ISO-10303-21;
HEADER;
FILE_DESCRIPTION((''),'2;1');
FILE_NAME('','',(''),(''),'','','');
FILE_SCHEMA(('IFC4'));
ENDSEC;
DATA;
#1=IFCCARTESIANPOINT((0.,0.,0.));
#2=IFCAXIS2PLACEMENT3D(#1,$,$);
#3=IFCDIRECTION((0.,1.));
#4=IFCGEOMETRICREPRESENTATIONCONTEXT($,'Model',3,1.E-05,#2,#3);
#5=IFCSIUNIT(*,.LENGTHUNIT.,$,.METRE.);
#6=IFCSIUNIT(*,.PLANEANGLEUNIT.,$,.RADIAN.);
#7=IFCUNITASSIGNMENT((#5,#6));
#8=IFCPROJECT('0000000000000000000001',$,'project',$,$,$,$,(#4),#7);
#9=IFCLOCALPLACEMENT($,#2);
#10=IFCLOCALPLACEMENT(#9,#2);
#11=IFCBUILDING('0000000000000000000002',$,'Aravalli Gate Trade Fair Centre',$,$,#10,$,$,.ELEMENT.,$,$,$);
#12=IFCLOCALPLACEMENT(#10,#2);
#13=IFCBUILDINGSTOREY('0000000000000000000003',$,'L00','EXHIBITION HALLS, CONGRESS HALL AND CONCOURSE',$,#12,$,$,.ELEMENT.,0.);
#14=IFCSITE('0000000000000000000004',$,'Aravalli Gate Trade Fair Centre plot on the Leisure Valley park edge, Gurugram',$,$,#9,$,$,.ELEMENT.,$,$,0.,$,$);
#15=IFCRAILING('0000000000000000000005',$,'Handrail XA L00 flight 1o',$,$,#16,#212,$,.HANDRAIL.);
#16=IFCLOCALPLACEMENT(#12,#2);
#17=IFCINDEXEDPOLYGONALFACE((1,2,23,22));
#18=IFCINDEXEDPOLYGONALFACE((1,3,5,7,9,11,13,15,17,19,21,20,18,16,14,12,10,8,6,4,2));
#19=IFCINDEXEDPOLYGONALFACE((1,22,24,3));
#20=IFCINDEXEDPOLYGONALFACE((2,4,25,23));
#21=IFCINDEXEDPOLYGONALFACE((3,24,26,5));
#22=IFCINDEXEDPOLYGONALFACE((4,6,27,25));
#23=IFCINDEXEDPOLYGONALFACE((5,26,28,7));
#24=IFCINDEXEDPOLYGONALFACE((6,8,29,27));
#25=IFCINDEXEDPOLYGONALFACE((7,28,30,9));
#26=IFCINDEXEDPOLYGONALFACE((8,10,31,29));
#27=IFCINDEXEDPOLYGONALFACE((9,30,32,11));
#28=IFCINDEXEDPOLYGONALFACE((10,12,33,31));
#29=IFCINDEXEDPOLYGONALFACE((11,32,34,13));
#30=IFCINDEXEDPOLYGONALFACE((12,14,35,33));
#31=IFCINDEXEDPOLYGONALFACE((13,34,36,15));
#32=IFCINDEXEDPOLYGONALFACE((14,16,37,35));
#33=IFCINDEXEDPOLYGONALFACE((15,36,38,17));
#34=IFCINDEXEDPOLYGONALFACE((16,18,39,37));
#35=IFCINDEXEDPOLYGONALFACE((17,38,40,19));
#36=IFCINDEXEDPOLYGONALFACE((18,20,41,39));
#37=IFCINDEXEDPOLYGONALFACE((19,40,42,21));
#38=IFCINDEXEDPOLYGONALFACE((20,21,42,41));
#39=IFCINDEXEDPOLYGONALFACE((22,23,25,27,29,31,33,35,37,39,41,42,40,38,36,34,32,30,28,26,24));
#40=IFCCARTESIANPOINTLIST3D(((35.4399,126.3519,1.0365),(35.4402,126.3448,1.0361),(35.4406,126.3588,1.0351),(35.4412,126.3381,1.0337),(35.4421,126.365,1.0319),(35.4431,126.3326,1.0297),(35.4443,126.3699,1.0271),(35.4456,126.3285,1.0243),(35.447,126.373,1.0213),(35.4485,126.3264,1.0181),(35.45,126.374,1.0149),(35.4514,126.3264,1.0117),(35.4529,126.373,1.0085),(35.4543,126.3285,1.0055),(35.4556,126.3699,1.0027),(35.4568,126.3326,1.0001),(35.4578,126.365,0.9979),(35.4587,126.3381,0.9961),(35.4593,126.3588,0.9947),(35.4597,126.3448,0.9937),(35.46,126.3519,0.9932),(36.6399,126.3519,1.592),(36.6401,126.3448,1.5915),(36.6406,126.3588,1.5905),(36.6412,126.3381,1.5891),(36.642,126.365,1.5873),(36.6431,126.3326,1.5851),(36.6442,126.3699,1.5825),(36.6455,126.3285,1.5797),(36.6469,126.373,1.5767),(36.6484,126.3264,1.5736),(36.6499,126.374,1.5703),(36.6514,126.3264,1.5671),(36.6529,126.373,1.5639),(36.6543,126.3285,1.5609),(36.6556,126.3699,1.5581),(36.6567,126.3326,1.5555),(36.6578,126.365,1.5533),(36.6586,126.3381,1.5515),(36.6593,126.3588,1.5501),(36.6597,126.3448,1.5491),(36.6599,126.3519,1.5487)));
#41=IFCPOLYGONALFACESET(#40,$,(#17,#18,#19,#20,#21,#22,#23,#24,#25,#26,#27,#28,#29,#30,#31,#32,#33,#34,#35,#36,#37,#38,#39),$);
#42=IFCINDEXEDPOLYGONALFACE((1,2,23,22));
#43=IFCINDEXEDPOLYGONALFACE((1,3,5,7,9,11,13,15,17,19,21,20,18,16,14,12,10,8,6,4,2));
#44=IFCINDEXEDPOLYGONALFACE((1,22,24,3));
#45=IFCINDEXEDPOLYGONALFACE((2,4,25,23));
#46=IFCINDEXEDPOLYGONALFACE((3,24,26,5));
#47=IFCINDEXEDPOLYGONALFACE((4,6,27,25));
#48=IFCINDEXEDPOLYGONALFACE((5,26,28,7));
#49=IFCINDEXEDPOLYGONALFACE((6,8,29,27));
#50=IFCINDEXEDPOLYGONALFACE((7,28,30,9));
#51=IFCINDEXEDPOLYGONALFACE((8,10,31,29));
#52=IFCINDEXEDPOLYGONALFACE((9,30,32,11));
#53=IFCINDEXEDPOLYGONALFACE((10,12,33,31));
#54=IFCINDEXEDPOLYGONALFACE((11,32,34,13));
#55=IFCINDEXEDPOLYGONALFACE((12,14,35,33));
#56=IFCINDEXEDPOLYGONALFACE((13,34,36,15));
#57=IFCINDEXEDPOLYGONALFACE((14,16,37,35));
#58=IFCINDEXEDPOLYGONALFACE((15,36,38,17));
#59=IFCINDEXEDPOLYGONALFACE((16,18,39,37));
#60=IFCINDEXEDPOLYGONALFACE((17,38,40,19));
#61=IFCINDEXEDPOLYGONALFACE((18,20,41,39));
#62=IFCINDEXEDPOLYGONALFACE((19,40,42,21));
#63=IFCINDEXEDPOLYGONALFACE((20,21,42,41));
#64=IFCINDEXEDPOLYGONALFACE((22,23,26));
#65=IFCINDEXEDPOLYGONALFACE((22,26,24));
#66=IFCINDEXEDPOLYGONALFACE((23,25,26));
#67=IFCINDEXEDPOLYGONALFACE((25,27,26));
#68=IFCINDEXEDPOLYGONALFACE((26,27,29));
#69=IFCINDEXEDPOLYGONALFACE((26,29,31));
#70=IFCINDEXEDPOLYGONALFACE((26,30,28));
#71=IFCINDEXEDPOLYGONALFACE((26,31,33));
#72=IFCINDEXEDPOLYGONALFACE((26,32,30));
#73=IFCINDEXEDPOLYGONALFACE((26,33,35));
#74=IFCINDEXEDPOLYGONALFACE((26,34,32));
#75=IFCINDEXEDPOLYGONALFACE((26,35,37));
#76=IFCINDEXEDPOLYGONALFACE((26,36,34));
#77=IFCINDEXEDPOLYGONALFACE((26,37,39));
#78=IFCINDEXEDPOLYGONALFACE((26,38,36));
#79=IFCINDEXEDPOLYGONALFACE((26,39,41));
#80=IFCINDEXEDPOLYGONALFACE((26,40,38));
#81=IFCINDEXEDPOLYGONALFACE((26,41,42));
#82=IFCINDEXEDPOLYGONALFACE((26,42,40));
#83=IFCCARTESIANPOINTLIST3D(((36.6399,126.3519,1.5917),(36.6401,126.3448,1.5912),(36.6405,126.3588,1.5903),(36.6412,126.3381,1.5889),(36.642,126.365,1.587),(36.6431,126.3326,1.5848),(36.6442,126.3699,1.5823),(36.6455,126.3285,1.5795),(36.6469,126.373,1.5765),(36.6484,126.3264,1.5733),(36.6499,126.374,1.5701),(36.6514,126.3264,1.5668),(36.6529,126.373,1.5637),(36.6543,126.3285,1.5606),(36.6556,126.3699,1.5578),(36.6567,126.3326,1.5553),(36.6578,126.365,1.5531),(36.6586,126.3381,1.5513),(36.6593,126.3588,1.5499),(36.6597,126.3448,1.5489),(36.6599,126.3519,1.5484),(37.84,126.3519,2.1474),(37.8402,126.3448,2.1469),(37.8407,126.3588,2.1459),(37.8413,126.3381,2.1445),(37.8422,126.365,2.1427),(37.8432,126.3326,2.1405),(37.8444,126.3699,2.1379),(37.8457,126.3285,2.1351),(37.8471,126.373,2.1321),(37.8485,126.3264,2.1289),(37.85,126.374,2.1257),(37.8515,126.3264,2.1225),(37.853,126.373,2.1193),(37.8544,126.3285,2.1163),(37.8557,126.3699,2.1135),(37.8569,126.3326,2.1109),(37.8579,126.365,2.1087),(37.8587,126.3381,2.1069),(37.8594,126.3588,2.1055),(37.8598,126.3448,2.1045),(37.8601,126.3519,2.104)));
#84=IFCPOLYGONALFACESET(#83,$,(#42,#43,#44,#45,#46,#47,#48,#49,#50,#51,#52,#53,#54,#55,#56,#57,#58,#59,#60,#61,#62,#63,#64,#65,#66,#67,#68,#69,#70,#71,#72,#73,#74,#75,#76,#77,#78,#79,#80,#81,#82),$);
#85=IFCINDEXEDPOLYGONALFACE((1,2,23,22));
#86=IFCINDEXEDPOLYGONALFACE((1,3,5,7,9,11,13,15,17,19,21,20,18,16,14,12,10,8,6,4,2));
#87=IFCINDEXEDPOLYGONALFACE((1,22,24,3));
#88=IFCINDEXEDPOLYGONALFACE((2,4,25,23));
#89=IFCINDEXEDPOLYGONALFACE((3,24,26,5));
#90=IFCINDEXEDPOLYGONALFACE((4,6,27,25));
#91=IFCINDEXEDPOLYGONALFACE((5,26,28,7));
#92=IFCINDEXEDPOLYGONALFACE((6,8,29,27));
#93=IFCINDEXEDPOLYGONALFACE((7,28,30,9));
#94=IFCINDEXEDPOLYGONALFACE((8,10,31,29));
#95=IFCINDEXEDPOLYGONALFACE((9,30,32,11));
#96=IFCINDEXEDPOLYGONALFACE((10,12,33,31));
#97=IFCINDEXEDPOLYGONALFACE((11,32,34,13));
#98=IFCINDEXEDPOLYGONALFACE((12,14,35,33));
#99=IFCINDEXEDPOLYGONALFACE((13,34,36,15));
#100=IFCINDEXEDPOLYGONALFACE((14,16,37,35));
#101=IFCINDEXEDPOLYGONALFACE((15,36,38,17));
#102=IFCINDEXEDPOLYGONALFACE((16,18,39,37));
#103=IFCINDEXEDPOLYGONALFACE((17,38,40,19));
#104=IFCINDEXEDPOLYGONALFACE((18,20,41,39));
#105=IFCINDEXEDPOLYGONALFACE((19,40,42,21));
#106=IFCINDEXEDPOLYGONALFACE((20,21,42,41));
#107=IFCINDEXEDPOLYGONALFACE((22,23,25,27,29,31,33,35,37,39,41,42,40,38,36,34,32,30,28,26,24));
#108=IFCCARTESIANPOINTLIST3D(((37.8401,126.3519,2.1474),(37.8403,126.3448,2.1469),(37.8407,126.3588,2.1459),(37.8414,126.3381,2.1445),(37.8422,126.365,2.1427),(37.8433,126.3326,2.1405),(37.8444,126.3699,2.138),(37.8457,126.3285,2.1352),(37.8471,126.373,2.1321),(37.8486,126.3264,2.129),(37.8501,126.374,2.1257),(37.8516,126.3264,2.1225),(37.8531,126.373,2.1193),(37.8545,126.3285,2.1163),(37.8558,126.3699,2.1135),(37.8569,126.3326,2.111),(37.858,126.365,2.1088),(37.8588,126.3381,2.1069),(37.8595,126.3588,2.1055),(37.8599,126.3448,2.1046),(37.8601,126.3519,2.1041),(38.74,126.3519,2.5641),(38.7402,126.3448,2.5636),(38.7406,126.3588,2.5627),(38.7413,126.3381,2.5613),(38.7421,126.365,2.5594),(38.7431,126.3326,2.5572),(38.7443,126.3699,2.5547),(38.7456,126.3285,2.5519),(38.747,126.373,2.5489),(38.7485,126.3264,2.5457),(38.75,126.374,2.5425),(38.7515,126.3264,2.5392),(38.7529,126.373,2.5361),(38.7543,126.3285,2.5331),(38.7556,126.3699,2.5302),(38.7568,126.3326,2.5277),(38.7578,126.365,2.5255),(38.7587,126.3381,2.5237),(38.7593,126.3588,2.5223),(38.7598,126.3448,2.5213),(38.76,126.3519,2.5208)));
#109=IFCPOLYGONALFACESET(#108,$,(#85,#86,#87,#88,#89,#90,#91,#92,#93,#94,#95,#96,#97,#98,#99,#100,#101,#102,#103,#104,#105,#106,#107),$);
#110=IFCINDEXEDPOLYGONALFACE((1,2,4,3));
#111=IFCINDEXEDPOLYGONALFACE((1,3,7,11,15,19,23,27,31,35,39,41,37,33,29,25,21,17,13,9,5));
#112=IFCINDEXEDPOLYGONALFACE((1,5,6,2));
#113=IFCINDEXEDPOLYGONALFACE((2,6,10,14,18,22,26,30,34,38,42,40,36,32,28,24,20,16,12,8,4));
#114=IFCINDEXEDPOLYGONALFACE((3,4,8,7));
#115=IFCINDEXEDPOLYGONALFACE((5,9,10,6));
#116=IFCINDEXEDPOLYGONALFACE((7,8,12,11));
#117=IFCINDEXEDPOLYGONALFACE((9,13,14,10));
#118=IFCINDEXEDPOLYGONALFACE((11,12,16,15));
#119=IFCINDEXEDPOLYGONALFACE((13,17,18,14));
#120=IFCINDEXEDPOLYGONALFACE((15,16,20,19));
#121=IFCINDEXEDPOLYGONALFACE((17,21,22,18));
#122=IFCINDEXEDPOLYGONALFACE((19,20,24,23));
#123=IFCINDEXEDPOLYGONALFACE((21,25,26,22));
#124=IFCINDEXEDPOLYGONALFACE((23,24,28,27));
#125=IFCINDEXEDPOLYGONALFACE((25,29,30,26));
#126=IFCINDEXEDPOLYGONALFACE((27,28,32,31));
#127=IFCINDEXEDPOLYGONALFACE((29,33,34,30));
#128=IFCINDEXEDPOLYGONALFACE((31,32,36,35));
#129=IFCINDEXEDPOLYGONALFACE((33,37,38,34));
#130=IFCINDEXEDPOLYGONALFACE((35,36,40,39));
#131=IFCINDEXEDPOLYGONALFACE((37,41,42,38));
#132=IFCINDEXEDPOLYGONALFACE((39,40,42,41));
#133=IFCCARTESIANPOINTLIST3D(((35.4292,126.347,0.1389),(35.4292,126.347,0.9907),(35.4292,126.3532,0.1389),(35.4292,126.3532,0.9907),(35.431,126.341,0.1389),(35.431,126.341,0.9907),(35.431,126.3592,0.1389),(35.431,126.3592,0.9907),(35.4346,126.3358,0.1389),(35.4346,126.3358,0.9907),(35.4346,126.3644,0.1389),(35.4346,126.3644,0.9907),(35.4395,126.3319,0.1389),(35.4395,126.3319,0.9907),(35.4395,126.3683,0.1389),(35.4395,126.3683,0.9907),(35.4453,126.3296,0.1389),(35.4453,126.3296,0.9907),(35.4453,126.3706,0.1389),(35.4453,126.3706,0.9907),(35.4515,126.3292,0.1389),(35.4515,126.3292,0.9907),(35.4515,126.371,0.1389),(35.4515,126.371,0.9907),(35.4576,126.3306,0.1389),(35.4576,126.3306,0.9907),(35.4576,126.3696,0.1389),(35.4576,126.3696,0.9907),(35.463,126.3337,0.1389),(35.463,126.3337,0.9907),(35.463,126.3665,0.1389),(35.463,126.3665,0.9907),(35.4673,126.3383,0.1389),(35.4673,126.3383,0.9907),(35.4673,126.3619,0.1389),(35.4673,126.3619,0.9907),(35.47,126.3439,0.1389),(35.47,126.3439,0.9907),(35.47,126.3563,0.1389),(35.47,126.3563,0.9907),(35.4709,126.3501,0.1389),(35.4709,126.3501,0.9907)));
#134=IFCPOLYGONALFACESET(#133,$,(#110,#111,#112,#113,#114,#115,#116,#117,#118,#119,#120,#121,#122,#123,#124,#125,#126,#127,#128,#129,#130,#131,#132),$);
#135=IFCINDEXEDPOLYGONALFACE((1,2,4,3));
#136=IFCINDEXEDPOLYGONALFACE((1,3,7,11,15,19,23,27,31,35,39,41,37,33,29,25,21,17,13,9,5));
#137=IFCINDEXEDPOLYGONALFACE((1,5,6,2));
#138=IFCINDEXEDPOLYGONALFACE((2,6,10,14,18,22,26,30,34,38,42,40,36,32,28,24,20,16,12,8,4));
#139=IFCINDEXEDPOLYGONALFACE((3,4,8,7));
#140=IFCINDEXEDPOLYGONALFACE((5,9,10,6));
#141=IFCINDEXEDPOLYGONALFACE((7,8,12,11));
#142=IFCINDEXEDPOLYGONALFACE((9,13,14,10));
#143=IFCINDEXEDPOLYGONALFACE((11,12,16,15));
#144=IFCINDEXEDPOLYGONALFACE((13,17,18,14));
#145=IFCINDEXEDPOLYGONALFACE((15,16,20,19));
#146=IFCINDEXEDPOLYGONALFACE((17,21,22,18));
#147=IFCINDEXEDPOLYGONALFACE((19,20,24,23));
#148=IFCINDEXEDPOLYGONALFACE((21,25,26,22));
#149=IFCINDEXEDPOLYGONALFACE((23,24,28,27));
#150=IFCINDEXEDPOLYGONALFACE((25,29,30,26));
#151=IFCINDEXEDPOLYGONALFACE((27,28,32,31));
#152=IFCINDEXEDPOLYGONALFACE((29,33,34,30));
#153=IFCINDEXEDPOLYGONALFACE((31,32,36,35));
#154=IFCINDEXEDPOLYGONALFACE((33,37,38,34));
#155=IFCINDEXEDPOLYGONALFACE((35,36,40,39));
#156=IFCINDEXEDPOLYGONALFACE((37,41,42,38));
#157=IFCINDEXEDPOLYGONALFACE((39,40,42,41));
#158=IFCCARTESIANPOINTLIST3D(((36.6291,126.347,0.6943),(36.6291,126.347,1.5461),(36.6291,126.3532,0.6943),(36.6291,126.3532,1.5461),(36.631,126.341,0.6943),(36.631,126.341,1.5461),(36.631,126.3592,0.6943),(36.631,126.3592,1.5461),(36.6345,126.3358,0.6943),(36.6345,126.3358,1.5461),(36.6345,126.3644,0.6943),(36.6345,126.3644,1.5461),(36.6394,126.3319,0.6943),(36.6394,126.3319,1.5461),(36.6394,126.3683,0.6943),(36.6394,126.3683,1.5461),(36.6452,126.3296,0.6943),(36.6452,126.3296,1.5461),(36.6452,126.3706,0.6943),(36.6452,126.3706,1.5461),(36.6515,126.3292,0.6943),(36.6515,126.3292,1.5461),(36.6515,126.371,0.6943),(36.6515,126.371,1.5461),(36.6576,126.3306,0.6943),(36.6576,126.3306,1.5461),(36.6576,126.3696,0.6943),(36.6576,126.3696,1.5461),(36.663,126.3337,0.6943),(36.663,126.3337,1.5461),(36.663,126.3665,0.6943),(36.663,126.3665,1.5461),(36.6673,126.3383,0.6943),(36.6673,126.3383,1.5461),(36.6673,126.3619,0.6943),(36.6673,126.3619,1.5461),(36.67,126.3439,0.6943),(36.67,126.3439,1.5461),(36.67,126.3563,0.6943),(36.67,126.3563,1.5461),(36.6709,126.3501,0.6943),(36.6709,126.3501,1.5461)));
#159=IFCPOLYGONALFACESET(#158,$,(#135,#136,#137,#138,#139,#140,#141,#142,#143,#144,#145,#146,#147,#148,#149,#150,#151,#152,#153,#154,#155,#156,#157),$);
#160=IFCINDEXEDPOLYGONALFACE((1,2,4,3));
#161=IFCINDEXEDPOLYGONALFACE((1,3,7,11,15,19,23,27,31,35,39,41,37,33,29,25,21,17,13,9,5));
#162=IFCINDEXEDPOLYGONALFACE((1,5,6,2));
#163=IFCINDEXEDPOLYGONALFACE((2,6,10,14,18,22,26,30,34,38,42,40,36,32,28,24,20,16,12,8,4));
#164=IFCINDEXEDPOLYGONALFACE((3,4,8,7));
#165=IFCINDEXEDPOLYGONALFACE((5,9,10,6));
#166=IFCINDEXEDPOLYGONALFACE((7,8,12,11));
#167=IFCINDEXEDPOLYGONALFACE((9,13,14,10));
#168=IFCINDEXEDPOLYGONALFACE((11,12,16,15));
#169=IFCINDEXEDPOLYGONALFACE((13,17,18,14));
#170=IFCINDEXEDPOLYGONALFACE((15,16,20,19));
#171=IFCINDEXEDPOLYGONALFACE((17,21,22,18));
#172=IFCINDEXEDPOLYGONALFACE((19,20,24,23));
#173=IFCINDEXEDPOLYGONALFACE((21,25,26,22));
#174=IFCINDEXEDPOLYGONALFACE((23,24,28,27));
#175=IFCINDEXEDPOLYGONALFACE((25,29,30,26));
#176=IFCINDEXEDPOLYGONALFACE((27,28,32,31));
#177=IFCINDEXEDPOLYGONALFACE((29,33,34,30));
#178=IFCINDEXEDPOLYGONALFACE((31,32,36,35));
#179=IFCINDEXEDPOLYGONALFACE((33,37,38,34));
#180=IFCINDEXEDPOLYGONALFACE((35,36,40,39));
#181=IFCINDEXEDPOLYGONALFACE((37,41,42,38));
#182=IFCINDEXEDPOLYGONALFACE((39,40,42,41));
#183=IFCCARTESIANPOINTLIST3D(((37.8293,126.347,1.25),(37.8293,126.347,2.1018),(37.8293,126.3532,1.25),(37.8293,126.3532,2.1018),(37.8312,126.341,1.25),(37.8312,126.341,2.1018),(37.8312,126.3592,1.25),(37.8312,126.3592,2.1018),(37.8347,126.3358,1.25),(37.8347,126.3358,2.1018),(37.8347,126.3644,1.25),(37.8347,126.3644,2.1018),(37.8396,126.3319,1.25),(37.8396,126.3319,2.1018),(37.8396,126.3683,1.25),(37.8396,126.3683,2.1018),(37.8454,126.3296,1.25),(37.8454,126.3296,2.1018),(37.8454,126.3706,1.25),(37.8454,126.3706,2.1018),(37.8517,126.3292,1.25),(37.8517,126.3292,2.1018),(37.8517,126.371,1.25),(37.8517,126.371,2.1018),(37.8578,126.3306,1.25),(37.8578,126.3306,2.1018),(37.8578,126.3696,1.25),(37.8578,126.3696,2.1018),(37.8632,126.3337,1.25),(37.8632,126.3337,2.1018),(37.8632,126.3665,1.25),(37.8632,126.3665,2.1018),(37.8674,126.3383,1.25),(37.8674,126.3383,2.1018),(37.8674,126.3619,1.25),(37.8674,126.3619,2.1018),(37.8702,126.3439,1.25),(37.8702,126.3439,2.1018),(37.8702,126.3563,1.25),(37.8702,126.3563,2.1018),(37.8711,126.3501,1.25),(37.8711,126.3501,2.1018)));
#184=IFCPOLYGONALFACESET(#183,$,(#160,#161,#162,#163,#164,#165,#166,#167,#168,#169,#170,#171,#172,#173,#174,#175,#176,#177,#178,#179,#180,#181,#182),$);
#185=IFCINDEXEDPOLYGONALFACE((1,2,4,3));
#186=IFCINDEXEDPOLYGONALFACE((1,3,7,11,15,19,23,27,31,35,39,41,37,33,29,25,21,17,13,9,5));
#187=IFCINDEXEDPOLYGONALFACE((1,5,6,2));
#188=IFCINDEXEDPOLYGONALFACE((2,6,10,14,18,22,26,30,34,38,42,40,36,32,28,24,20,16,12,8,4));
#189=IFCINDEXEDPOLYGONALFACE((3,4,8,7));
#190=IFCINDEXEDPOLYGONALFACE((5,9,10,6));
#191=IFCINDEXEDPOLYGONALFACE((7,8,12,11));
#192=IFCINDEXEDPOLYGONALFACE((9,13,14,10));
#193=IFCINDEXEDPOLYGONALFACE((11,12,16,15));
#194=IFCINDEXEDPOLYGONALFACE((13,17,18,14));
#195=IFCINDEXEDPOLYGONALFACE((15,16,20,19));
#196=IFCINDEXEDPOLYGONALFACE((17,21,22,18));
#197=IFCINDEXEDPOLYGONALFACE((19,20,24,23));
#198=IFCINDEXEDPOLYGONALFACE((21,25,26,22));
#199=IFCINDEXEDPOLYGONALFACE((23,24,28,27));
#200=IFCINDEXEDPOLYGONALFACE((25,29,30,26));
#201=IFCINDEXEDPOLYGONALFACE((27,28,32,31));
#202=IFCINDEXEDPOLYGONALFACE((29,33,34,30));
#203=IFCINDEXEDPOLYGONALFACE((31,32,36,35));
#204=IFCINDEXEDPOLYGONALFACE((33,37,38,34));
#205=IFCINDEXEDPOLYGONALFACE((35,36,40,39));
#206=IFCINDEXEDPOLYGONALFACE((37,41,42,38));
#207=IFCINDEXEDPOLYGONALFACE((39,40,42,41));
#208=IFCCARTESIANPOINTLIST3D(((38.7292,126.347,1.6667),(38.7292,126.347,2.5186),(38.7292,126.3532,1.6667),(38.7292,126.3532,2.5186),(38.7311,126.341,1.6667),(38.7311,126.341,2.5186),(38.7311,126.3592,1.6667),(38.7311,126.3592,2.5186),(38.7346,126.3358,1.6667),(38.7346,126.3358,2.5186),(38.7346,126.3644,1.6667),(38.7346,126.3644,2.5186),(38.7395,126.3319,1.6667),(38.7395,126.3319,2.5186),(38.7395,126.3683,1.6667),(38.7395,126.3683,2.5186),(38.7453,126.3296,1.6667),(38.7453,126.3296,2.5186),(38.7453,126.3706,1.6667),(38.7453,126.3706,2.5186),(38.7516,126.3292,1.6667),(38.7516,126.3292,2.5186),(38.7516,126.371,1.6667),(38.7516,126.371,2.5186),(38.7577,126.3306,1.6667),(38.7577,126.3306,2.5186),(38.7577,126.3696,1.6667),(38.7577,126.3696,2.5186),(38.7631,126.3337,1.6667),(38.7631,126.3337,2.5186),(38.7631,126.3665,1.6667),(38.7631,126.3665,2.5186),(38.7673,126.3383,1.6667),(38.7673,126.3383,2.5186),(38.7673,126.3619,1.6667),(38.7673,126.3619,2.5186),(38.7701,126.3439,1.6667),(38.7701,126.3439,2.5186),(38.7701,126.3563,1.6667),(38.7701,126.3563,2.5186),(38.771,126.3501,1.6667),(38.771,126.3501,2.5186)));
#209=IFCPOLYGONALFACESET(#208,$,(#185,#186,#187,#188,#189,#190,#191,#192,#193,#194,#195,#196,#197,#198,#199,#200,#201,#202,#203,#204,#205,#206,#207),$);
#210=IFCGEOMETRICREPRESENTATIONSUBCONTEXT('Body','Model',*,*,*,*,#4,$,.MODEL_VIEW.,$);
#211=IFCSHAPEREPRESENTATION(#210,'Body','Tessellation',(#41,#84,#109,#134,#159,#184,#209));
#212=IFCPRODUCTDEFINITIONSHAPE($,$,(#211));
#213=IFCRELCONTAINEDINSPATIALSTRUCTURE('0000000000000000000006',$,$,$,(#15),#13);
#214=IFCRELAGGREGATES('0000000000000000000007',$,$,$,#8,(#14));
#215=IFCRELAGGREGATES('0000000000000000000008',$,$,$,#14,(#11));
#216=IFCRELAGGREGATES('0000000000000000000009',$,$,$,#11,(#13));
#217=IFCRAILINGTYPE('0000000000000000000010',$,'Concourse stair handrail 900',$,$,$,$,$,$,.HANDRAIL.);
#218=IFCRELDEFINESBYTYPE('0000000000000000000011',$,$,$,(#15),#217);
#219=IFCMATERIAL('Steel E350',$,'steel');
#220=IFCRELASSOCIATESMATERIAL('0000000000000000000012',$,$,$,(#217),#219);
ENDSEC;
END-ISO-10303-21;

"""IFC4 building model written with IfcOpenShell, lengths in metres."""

from ifc_helpers import new_model, si_unit, direction, frame, origin, origin_2d, place, context, subcontext, project, spatial, circle, extrude, material, type_object, element, save


model = new_model("IFC4")

# Units and contexts
model_context = context("Model", 3, precision=1e-05, world=origin(), true_north=direction((0.0, 1.0)))
body_context = subcontext(model_context, "Body", "Model", "MODEL_VIEW")
ifc_project = project(units=[si_unit("LENGTHUNIT", "METRE"), si_unit("PLANEANGLEUNIT", "RADIAN")], contexts=[model_context])

# Site, building, storey
site_placement = place(None, origin())
site = spatial("IfcSite", under=ifc_project, at=site_placement, Name="Aravalli Gate Trade Fair Centre plot on the Leisure Valley park edge, Gurugram", CompositionType="ELEMENT", RefElevation=0.0)
building_placement = place(site_placement, origin())
building = spatial("IfcBuilding", under=site, at=building_placement, Name="Aravalli Gate Trade Fair Centre", CompositionType="ELEMENT")
storey_placement = place(building_placement, origin())
storey = spatial("IfcBuildingStorey", under=building, at=storey_placement, Name="L00", Description="EXHIBITION HALLS, CONGRESS HALL AND CONCOURSE", CompositionType="ELEMENT", Elevation=0.0)

# Shared definitions
ifc_material_1 = material(Name="Steel E350", Category="steel")

# Railing
railing_type = type_object("IfcRailingType", Name="Concourse stair handrail 900", PredefinedType="HANDRAIL", material=ifc_material_1)
for number, where, name in (
    (1, (35.45, 126.3501, 0.1389), "Handrail XA L00 flight 1o"),
):
    element("IfcRailing", number, at=place(storey_placement, frame(where)), inside=storey, type_object=railing_type, Name=name, PredefinedType="HANDRAIL", context=body_context, shape_type="SweptSolid", body=[
        extrude(circle(Radius=0.0239, at=origin_2d()), frame((0.0, 0.0, 0.876), z_axis=(0.907499, 0.0, 0.420053), x_axis=(0.0, 1.0, 0.0)), (0.0, 0.0, 1.0), 1.3223),
        extrude(circle(Radius=0.0239, at=origin_2d()), frame((1.2, 0.0, 1.4312), z_axis=(0.907462, 0.0, 0.420135), x_axis=(0.0, 1.0, 0.0)), (0.0, 0.0, 1.0), 1.3225),
        extrude(circle(Radius=0.0239, at=origin_2d()), frame((2.4001, 0.0, 1.9868), z_axis=(0.907418, 0.0, 0.420229), x_axis=(0.0, 1.0, 0.0)), (0.0, 0.0, 1.0), 0.9917),
        extrude(circle(Radius=0.021, at=origin_2d()), origin(), (0.0, 0.0, 1.0), 0.8518),
        extrude(circle(Radius=0.021, at=origin_2d()), frame((1.2, 0.0, 0.5554)), (0.0, 0.0, 1.0), 0.8518),
        extrude(circle(Radius=0.021, at=origin_2d()), frame((2.4001, 0.0, 1.1111)), (0.0, 0.0, 1.0), 0.8518),
        extrude(circle(Radius=0.021, at=origin_2d()), frame((3.3, 0.0, 1.5278)), (0.0, 0.0, 1.0), 0.8518),
    ])

save(model, "model.ifc")
